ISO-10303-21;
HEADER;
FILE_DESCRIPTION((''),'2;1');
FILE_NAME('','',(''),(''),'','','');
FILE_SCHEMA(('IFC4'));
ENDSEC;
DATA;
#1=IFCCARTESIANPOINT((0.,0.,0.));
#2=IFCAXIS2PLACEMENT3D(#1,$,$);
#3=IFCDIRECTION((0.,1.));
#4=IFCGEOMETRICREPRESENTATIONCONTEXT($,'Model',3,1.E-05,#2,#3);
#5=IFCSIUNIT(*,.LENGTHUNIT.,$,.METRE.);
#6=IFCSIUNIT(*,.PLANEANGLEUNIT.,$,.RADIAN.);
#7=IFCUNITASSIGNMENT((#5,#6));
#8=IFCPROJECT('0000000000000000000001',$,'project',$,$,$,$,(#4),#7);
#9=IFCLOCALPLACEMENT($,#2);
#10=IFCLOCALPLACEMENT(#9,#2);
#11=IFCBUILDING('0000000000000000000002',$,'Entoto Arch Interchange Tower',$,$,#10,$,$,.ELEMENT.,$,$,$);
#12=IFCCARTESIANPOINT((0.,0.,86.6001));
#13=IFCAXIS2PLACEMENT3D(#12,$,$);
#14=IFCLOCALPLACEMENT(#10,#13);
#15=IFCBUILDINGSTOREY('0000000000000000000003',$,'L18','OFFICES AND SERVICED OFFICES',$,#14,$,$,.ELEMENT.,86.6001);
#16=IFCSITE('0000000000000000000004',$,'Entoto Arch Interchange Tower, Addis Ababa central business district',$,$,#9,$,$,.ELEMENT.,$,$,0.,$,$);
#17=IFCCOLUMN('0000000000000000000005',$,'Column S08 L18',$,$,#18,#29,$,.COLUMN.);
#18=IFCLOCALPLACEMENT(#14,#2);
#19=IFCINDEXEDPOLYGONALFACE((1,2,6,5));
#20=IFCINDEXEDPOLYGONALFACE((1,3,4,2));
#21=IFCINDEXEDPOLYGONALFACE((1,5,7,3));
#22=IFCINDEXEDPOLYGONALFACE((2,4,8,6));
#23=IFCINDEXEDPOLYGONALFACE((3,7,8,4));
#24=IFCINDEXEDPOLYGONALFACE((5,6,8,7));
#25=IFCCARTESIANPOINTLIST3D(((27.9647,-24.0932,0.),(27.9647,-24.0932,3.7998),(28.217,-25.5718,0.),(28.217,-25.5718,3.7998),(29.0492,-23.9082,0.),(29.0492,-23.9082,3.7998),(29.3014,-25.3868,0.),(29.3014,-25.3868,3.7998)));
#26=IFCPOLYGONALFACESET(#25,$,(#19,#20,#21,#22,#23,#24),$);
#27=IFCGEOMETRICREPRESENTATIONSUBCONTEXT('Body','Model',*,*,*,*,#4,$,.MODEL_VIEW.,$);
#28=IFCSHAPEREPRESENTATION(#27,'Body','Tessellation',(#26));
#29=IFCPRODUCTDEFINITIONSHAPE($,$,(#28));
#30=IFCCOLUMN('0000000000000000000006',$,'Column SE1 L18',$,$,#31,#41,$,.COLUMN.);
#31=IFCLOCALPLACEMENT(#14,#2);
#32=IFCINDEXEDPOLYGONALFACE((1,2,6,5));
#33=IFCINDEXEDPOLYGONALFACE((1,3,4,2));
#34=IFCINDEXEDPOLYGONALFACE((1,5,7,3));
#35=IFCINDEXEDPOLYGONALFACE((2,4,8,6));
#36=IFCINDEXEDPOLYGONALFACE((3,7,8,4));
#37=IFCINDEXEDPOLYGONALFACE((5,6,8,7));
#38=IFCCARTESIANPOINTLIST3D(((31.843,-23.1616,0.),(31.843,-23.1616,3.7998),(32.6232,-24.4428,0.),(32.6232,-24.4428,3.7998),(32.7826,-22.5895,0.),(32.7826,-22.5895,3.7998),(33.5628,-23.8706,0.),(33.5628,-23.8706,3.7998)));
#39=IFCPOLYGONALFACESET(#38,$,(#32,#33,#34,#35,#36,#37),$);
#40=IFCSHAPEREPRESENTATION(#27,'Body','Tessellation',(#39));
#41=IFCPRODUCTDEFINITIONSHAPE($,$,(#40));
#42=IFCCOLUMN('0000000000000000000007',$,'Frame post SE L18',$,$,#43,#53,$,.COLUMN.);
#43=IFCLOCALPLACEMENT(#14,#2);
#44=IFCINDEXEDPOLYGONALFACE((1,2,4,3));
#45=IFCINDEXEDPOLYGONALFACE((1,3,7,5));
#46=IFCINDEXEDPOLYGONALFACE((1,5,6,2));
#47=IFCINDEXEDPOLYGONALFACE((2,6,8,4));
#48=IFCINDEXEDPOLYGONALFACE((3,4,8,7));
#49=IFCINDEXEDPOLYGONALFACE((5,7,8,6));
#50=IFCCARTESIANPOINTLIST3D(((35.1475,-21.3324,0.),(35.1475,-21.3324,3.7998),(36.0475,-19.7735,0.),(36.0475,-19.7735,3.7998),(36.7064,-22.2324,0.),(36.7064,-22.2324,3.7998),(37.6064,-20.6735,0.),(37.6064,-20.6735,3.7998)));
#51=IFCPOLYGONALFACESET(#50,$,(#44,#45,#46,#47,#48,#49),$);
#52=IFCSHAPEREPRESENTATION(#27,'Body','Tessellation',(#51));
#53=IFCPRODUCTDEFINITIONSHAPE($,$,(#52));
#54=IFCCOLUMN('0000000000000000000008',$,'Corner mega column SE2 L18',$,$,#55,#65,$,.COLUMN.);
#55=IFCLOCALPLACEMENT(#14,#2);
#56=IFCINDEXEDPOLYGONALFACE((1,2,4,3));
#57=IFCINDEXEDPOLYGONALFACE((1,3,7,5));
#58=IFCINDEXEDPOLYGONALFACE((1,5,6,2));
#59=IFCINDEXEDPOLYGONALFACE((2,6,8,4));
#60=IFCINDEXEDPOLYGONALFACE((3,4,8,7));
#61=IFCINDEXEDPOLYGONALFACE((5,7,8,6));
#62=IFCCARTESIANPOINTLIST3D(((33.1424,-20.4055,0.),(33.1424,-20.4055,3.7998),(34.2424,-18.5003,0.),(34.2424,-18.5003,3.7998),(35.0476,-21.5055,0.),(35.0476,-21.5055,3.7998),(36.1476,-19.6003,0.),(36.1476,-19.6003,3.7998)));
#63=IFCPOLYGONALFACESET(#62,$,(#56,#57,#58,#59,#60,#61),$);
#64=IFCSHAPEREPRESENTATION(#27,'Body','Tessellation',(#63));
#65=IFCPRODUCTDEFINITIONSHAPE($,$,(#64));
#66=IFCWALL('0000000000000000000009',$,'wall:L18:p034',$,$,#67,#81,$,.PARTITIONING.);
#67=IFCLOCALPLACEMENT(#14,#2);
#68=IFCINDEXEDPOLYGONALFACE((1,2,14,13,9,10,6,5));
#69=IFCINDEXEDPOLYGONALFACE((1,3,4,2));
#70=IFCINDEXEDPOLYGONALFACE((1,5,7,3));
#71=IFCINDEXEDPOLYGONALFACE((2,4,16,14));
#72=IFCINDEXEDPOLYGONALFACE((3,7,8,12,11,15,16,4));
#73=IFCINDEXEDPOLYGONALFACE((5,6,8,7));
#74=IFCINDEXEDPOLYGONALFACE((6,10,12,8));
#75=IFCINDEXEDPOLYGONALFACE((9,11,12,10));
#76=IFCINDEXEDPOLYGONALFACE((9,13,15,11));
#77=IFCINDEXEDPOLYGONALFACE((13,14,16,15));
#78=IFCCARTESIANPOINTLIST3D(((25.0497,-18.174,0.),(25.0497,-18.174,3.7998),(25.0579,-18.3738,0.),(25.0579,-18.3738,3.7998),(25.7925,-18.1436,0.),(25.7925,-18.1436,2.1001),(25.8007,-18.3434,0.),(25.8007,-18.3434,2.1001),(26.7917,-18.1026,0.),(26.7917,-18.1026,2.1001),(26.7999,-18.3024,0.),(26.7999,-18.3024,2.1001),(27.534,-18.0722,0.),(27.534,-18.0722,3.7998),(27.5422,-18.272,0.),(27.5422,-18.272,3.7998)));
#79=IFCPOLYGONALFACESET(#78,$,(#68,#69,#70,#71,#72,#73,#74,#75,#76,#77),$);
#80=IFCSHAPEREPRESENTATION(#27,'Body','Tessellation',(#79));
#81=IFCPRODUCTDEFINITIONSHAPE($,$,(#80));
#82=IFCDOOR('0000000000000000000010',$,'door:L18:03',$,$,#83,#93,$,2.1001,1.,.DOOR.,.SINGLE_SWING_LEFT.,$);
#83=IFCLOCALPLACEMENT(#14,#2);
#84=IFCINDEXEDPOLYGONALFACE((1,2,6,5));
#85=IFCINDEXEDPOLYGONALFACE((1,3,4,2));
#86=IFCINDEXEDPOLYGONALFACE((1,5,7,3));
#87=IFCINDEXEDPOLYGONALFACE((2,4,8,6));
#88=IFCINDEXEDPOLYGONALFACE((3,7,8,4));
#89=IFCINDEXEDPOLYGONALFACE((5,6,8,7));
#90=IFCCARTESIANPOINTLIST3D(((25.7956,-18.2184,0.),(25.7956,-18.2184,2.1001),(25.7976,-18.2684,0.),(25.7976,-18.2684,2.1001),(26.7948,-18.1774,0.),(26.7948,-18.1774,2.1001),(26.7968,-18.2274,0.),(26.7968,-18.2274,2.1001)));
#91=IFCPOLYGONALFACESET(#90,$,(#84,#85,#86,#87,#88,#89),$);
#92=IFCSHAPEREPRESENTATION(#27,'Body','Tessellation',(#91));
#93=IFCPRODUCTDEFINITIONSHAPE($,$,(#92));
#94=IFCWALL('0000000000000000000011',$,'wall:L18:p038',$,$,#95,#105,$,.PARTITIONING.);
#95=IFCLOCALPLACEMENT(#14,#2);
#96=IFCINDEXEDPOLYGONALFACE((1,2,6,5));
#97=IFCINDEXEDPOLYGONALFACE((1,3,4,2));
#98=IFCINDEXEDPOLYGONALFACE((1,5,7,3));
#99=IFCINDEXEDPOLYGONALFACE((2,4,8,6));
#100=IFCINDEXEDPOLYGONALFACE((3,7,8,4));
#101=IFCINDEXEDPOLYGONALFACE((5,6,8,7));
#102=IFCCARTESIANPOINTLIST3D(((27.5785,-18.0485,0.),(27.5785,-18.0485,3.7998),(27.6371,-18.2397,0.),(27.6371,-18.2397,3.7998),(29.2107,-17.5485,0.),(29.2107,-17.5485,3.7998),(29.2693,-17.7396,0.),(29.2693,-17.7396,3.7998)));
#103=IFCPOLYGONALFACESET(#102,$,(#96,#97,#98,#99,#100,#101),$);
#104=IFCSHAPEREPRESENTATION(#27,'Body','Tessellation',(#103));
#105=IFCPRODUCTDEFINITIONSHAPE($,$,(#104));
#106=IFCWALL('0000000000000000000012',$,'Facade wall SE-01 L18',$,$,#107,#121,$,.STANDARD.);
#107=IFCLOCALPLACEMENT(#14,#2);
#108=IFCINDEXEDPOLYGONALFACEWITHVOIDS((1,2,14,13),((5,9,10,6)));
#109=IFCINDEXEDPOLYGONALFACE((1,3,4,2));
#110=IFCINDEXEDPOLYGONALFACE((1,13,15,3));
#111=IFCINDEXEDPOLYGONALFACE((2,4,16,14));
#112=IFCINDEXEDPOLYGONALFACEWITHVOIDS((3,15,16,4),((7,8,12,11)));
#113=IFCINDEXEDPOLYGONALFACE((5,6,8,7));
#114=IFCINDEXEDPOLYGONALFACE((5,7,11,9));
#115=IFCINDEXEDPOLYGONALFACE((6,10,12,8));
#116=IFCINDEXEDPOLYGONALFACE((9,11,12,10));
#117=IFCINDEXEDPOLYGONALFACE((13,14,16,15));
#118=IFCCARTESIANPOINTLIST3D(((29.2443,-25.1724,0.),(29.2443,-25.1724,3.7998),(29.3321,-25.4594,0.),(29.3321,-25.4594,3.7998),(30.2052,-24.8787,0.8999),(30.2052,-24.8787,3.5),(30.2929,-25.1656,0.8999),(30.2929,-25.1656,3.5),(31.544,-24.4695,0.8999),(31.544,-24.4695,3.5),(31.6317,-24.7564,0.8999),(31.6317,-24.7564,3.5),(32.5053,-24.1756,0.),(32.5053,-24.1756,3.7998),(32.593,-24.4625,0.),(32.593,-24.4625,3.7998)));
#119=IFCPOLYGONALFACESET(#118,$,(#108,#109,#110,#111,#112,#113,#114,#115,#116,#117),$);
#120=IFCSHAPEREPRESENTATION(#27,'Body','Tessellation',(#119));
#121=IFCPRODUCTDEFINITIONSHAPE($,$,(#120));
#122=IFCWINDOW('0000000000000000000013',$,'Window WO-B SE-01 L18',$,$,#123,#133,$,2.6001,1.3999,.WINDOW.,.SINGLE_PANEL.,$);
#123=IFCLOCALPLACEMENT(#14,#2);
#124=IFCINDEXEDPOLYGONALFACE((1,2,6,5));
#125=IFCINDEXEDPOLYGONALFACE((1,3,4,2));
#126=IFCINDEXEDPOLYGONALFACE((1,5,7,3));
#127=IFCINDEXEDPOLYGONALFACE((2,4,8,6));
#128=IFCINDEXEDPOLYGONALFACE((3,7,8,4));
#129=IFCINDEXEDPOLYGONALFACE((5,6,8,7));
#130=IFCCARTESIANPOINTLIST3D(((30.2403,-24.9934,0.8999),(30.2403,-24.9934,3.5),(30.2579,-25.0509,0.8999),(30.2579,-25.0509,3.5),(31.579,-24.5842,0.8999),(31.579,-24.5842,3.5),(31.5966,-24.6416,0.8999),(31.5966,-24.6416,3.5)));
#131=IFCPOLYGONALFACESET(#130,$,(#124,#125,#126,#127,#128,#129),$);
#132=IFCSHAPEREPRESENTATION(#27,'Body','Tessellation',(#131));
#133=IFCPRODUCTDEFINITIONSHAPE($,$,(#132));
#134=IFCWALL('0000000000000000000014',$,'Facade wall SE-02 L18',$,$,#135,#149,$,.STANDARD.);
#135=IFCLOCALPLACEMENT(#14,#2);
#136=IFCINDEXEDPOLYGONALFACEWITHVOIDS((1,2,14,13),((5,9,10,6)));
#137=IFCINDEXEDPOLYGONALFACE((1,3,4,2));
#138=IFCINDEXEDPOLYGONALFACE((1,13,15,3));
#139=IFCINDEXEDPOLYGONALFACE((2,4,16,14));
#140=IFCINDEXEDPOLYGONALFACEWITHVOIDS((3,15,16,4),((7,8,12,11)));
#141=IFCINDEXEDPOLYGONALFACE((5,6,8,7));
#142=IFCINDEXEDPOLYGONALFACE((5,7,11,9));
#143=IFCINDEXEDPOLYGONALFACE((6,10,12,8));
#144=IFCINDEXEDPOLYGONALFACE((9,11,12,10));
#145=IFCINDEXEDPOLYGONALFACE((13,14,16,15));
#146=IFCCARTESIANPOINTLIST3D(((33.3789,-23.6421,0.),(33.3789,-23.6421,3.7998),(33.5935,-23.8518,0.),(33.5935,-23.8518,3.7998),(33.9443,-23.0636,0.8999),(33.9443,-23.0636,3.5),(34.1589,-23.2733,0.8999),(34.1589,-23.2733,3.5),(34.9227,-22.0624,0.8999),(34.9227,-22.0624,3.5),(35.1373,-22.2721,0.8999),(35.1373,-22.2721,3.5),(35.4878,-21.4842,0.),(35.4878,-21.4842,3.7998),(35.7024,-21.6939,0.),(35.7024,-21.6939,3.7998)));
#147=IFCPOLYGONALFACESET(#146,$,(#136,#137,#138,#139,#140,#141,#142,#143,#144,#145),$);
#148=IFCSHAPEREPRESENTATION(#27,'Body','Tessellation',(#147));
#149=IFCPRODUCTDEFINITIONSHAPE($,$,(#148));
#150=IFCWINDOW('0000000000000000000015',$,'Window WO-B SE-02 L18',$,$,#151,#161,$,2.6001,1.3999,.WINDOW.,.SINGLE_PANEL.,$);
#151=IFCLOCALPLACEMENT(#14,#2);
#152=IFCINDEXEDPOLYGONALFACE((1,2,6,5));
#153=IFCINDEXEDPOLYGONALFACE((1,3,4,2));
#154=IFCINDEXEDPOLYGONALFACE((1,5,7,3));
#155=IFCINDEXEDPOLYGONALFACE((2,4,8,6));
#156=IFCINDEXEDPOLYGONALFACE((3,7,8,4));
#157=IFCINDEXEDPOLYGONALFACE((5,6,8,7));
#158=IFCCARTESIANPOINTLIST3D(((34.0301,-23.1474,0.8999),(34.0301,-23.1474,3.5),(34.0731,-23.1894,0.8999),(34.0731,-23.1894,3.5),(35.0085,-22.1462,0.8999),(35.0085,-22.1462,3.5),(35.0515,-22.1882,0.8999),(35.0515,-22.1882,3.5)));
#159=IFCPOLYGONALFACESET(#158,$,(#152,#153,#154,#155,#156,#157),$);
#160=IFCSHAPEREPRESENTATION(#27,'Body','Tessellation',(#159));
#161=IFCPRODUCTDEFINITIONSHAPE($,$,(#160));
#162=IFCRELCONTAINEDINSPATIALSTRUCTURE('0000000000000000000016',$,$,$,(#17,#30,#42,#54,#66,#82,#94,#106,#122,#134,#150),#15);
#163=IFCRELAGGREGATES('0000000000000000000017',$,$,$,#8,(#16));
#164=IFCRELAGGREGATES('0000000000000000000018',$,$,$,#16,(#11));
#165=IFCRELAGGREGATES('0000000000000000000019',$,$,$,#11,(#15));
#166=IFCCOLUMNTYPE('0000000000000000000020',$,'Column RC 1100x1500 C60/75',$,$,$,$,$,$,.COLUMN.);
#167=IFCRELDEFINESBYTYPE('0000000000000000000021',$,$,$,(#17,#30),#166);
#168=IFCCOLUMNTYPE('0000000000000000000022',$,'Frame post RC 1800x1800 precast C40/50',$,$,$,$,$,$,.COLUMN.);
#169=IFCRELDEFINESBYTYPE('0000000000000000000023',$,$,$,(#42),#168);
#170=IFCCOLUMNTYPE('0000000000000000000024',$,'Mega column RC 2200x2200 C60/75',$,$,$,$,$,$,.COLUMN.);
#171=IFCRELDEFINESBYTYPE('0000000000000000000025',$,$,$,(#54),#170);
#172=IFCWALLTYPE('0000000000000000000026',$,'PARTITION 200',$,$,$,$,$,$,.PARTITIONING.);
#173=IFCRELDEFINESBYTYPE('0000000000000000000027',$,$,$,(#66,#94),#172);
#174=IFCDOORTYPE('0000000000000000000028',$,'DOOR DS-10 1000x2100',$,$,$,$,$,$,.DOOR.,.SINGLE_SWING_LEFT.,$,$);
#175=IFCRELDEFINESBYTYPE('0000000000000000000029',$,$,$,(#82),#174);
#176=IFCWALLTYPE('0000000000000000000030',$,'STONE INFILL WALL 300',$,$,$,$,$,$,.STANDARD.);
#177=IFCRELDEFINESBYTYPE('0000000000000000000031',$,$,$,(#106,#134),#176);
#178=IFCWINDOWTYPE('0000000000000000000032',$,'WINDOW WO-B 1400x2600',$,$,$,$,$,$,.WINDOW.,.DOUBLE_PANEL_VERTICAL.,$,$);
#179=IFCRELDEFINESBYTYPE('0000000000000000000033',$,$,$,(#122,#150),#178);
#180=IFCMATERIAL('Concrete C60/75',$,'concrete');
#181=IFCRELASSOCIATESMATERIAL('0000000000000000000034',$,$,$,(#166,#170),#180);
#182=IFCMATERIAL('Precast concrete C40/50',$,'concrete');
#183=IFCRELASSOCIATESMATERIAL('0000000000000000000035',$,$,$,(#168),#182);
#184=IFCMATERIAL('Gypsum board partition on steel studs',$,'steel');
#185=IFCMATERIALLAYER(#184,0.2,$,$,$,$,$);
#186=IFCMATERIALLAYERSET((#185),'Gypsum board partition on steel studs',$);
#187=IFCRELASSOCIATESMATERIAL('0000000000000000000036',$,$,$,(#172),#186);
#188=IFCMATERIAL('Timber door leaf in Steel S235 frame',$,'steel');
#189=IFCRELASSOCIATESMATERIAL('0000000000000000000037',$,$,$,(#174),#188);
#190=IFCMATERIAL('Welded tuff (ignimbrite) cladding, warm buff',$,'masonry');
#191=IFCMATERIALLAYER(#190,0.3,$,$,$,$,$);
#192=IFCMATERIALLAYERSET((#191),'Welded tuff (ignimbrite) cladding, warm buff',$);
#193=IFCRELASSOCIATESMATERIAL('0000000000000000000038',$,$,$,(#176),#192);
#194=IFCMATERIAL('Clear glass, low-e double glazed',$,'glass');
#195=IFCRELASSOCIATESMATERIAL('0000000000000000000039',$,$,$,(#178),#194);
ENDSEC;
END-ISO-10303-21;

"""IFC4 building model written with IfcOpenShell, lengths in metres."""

from ifc_helpers import new_model, si_unit, direction, frame, frame_2d, origin, origin_2d, place, context, subcontext, project, spatial, rectangle, extrude, material, layer, layer_set, material_profile, profile_set, type_object, element, fill, save


model = new_model("IFC4")

# Units and contexts
model_context = context("Model", 3, precision=1e-05, world=origin(), true_north=direction((0.0, 1.0)))
body_context = subcontext(model_context, "Body", "Model", "MODEL_VIEW")
ifc_project = project(units=[si_unit("LENGTHUNIT", "METRE"), si_unit("PLANEANGLEUNIT", "RADIAN")], contexts=[model_context])

# Site, building, storey
site_placement = place(None, origin())
site = spatial("IfcSite", under=ifc_project, at=site_placement, Name="Entoto Arch Interchange Tower, Addis Ababa central business district", CompositionType="ELEMENT", RefElevation=0.0)
building_placement = place(site_placement, origin())
building = spatial("IfcBuilding", under=site, at=building_placement, Name="Entoto Arch Interchange Tower", CompositionType="ELEMENT")
storey_placement = place(building_placement, frame((0.0, 0.0, 86.6001)))
storey = spatial("IfcBuildingStorey", under=building, at=storey_placement, Name="L18", Description="OFFICES AND SERVICED OFFICES", CompositionType="ELEMENT", Elevation=86.6001)

# Columns
ifc_material_1 = material(Name="Concrete C60/75", Category="concrete")
ifc_material_profile_1 = material_profile(ifc_material_1, rectangle(XDim=1.1001, YDim=1.5, at=origin_2d()))
ifc_profile_set_1 = profile_set([ifc_material_profile_1], Name="Concrete C60/75")
column_type_1 = type_object("IfcColumnType", Name="Column RC 1100x1500 C60/75", PredefinedType="COLUMN", material=ifc_profile_set_1)
for number, where, z_axis, x_axis, name in (
    (1, (28.6331, -24.74, 0.0), (0.0, 0.0, 1.0), (0.985759, 0.168162, 0.0), "Column S08 L18"),
    (2, (32.7029, -23.5161, 0.0), (0.0, 0.0, 1.0), (0.854096, 0.520116, 0.0), "Column SE1 L18"),
):
    element("IfcColumn", number, at=place(storey_placement, frame(where, z_axis=z_axis, x_axis=x_axis)), inside=storey, type_object=column_type_1, Name=name, PredefinedType="COLUMN", context=body_context, shape_type="SweptSolid", body=[
        extrude(rectangle(XDim=1.1001, YDim=1.5, at=origin_2d()), origin(), (0.0, 0.0, 1.0), 3.7998),
    ])
ifc_material_2 = material(Name="Precast concrete C40/50", Category="concrete")
ifc_material_profile_2 = material_profile(ifc_material_2, rectangle(XDim=1.8, YDim=1.8, at=origin_2d()))
ifc_profile_set_2 = profile_set([ifc_material_profile_2], Name="Precast concrete C40/50")
column_type_2 = type_object("IfcColumnType", Name="Frame post RC 1800x1800 precast C40/50", PredefinedType="COLUMN", material=ifc_profile_set_2)
column_1_placement = place(storey_placement, frame((36.377, -21.0029, 0.0), z_axis=(0.0, 0.0, 1.0), x_axis=(-0.866025, 0.5, 0.0)))
element("IfcColumn", 3, at=column_1_placement, inside=storey, type_object=column_type_2, Name="Frame post SE L18", PredefinedType="COLUMN", context=body_context, shape_type="SweptSolid", body=[
    extrude(rectangle(XDim=1.8, YDim=1.8, at=origin_2d()), origin(), (0.0, 0.0, 1.0), 3.7998),
])
ifc_material_profile_3 = material_profile(ifc_material_1, rectangle(XDim=2.2, YDim=2.2, at=origin_2d()))
ifc_profile_set_3 = profile_set([ifc_material_profile_3], Name="Concrete C60/75")
column_type_3 = type_object("IfcColumnType", Name="Mega column RC 2200x2200 C60/75", PredefinedType="COLUMN", material=ifc_profile_set_3)
column_2_placement = place(storey_placement, frame((34.645, -20.0029, 0.0), z_axis=(0.0, 0.0, 1.0), x_axis=(-0.866025, 0.5, 0.0)))
element("IfcColumn", 4, at=column_2_placement, inside=storey, type_object=column_type_3, Name="Corner mega column SE2 L18", PredefinedType="COLUMN", context=body_context, shape_type="SweptSolid", body=[
    extrude(rectangle(XDim=2.2, YDim=2.2, at=origin_2d()), origin(), (0.0, 0.0, 1.0), 3.7998),
])

# Wall, opening, door
ifc_material_3 = material(Name="Gypsum board partition on steel studs", Category="steel")
ifc_layer_1 = layer(ifc_material_3, 0.2)
ifc_layer_set_1 = layer_set([ifc_layer_1], Name="Gypsum board partition on steel studs")
wall_type_1 = type_object("IfcWallType", Name="PARTITION 200", PredefinedType="PARTITIONING", material=ifc_layer_set_1)
wall_1_placement = place(storey_placement, frame((27.5381, -18.1721, 0.0), z_axis=(0.0, 0.0, 1.0), x_axis=(-0.999161, -0.040948, 0.0)))
wall_1 = element("IfcWall", 5, at=wall_1_placement, inside=storey, type_object=wall_type_1, Name="wall:L18:p034", PredefinedType="PARTITIONING", context=body_context, shape_type="SweptSolid", body=[
    extrude(rectangle(XDim=2.4863, YDim=0.2, at=frame_2d((1.2432, 0.0))), origin(), (0.0, 0.0, 1.0), 3.7998),
])
opening_1_placement = place(wall_1_placement, frame((0.7429, 0.0, 0.0)))
opening_1 = element("IfcOpeningElement", 6, at=opening_1_placement, cuts=wall_1, PredefinedType="OPENING", context=body_context, shape_type="SweptSolid", body=[
    extrude(rectangle(XDim=1.0, YDim=2.1001, at=frame_2d((0.5, 1.05))), frame((0.0, 0.1099, 0.0), z_axis=(0.0, -1.0, 0.0), x_axis=(1.0, 0.0, 0.0)), (0.0, 0.0, 1.0), 0.22),
])
ifc_material_4 = material(Name="Timber door leaf in Steel S235 frame", Category="steel")
door_type = type_object("IfcDoorType", Name="DOOR DS-10 1000x2100", OperationType="SINGLE_SWING_LEFT", PredefinedType="DOOR", material=ifc_material_4)
door_placement = place(opening_1_placement, origin())
door = element("IfcDoor", 7, at=door_placement, inside=storey, type_object=door_type, Name="door:L18:03", OperationType="SINGLE_SWING_LEFT", OverallHeight=2.1001, OverallWidth=1.0, PredefinedType="DOOR", context=body_context, shape_type="SweptSolid", body=[
    extrude(rectangle(XDim=1.0, YDim=2.1001, at=frame_2d((0.5, 1.05))), frame((0.0, 0.0249, 0.0), z_axis=(0.0, -1.0, 0.0), x_axis=(1.0, 0.0, 0.0)), (0.0, 0.0, 1.0), 0.05),
])
fill(opening_1, door)

# Wall
wall_2_placement = place(storey_placement, frame((29.24, -17.644, 0.0), z_axis=(0.0, 0.0, 1.0), x_axis=(-0.956137, -0.29292, 0.0)))
element("IfcWall", 8, at=wall_2_placement, inside=storey, type_object=wall_type_1, Name="wall:L18:p038", PredefinedType="PARTITIONING", context=body_context, shape_type="SweptSolid", body=[
    extrude(rectangle(XDim=1.707, YDim=0.2, at=frame_2d((0.8535, 0.0))), origin(), (0.0, 0.0, 1.0), 3.7998),
])

# Walls, openings, windows
ifc_material_5 = material(Name="Welded tuff (ignimbrite) cladding, warm buff", Category="masonry")
ifc_layer_2 = layer(ifc_material_5, 0.3)
ifc_layer_set_2 = layer_set([ifc_layer_2], Name="Welded tuff (ignimbrite) cladding, warm buff")
wall_type_2 = type_object("IfcWallType", Name="STONE INFILL WALL 300", PredefinedType="STANDARD", material=ifc_layer_set_2)
wall_3_placement = place(storey_placement, frame((29.2881, -25.3159, 0.0), z_axis=(0.0, 0.0, 1.0), x_axis=(0.956318, 0.292329, 0.0)))
wall_3 = element("IfcWall", 9, at=wall_3_placement, inside=storey, type_object=wall_type_2, Name="Facade wall SE-01 L18", PredefinedType="STANDARD", context=body_context, shape_type="SweptSolid", body=[
    extrude(rectangle(XDim=3.4099, YDim=0.3, at=frame_2d((1.7051, 0.0))), origin(), (0.0, 0.0, 1.0), 3.7998),
])
opening_2_placement = place(wall_3_placement, frame((1.0049, 0.0, 0.8999)))
opening_2 = element("IfcOpeningElement", 10, at=opening_2_placement, cuts=wall_3, PredefinedType="OPENING", context=body_context, shape_type="SweptSolid", body=[
    extrude(rectangle(XDim=1.3999, YDim=2.6001, at=frame_2d((0.7, 1.3))), frame((0.0, 0.1602, 0.0), z_axis=(0.0, -1.0, 0.0), x_axis=(1.0, 0.0, 0.0)), (0.0, 0.0, 1.0), 0.3201),
])
ifc_material_6 = material(Name="Clear glass, low-e double glazed", Category="glass")
window_type = type_object("IfcWindowType", Name="WINDOW WO-B 1400x2600", PartitioningType="DOUBLE_PANEL_VERTICAL", PredefinedType="WINDOW", material=ifc_material_6)
window_1_placement = place(opening_2_placement, origin())
window_1 = element("IfcWindow", 11, at=window_1_placement, inside=storey, type_object=window_type, Name="Window WO-B SE-01 L18", OverallHeight=2.6001, OverallWidth=1.3999, PartitioningType="SINGLE_PANEL", PredefinedType="WINDOW", context=body_context, shape_type="SweptSolid", body=[
    extrude(rectangle(XDim=1.3999, YDim=2.6001, at=frame_2d((0.7, 1.3))), frame((0.0, 0.03, 0.0), z_axis=(0.0, -1.0, 0.0), x_axis=(1.0, 0.0, 0.0)), (0.0, 0.0, 1.0), 0.0601),
])
fill(opening_2, window_1)
wall_4_placement = place(storey_placement, frame((33.4861, -23.7471, 0.0), z_axis=(0.0, 0.0, 1.0), x_axis=(0.698928, 0.715192, 0.0)))
wall_4 = element("IfcWall", 12, at=wall_4_placement, inside=storey, type_object=wall_type_2, Name="Facade wall SE-02 L18", PredefinedType="STANDARD", context=body_context, shape_type="SweptSolid", body=[
    extrude(rectangle(XDim=3.0173, YDim=0.3, at=frame_2d((1.5088, 0.0))), origin(), (0.0, 0.0, 1.0), 3.7998),
])
opening_3_placement = place(wall_4_placement, frame((0.8091, 0.0, 0.8999)))
opening_3 = element("IfcOpeningElement", 13, at=opening_3_placement, cuts=wall_4, PredefinedType="OPENING", context=body_context, shape_type="SweptSolid", body=[
    extrude(rectangle(XDim=1.3999, YDim=2.6001, at=frame_2d((0.7, 1.3))), frame((0.0, 0.1602, 0.0), z_axis=(0.0, -1.0, 0.0), x_axis=(1.0, 0.0, 0.0)), (0.0, 0.0, 1.0), 0.3201),
])
window_2_placement = place(opening_3_placement, origin())
window_2 = element("IfcWindow", 14, at=window_2_placement, inside=storey, type_object=window_type, Name="Window WO-B SE-02 L18", OverallHeight=2.6001, OverallWidth=1.3999, PartitioningType="SINGLE_PANEL", PredefinedType="WINDOW", context=body_context, shape_type="SweptSolid", body=[
    extrude(rectangle(XDim=1.3999, YDim=2.6001, at=frame_2d((0.7, 1.3))), frame((0.0, 0.03, 0.0), z_axis=(0.0, -1.0, 0.0), x_axis=(1.0, 0.0, 0.0)), (0.0, 0.0, 1.0), 0.0601),
])
fill(opening_3, window_2)

save(model, "model.ifc")
